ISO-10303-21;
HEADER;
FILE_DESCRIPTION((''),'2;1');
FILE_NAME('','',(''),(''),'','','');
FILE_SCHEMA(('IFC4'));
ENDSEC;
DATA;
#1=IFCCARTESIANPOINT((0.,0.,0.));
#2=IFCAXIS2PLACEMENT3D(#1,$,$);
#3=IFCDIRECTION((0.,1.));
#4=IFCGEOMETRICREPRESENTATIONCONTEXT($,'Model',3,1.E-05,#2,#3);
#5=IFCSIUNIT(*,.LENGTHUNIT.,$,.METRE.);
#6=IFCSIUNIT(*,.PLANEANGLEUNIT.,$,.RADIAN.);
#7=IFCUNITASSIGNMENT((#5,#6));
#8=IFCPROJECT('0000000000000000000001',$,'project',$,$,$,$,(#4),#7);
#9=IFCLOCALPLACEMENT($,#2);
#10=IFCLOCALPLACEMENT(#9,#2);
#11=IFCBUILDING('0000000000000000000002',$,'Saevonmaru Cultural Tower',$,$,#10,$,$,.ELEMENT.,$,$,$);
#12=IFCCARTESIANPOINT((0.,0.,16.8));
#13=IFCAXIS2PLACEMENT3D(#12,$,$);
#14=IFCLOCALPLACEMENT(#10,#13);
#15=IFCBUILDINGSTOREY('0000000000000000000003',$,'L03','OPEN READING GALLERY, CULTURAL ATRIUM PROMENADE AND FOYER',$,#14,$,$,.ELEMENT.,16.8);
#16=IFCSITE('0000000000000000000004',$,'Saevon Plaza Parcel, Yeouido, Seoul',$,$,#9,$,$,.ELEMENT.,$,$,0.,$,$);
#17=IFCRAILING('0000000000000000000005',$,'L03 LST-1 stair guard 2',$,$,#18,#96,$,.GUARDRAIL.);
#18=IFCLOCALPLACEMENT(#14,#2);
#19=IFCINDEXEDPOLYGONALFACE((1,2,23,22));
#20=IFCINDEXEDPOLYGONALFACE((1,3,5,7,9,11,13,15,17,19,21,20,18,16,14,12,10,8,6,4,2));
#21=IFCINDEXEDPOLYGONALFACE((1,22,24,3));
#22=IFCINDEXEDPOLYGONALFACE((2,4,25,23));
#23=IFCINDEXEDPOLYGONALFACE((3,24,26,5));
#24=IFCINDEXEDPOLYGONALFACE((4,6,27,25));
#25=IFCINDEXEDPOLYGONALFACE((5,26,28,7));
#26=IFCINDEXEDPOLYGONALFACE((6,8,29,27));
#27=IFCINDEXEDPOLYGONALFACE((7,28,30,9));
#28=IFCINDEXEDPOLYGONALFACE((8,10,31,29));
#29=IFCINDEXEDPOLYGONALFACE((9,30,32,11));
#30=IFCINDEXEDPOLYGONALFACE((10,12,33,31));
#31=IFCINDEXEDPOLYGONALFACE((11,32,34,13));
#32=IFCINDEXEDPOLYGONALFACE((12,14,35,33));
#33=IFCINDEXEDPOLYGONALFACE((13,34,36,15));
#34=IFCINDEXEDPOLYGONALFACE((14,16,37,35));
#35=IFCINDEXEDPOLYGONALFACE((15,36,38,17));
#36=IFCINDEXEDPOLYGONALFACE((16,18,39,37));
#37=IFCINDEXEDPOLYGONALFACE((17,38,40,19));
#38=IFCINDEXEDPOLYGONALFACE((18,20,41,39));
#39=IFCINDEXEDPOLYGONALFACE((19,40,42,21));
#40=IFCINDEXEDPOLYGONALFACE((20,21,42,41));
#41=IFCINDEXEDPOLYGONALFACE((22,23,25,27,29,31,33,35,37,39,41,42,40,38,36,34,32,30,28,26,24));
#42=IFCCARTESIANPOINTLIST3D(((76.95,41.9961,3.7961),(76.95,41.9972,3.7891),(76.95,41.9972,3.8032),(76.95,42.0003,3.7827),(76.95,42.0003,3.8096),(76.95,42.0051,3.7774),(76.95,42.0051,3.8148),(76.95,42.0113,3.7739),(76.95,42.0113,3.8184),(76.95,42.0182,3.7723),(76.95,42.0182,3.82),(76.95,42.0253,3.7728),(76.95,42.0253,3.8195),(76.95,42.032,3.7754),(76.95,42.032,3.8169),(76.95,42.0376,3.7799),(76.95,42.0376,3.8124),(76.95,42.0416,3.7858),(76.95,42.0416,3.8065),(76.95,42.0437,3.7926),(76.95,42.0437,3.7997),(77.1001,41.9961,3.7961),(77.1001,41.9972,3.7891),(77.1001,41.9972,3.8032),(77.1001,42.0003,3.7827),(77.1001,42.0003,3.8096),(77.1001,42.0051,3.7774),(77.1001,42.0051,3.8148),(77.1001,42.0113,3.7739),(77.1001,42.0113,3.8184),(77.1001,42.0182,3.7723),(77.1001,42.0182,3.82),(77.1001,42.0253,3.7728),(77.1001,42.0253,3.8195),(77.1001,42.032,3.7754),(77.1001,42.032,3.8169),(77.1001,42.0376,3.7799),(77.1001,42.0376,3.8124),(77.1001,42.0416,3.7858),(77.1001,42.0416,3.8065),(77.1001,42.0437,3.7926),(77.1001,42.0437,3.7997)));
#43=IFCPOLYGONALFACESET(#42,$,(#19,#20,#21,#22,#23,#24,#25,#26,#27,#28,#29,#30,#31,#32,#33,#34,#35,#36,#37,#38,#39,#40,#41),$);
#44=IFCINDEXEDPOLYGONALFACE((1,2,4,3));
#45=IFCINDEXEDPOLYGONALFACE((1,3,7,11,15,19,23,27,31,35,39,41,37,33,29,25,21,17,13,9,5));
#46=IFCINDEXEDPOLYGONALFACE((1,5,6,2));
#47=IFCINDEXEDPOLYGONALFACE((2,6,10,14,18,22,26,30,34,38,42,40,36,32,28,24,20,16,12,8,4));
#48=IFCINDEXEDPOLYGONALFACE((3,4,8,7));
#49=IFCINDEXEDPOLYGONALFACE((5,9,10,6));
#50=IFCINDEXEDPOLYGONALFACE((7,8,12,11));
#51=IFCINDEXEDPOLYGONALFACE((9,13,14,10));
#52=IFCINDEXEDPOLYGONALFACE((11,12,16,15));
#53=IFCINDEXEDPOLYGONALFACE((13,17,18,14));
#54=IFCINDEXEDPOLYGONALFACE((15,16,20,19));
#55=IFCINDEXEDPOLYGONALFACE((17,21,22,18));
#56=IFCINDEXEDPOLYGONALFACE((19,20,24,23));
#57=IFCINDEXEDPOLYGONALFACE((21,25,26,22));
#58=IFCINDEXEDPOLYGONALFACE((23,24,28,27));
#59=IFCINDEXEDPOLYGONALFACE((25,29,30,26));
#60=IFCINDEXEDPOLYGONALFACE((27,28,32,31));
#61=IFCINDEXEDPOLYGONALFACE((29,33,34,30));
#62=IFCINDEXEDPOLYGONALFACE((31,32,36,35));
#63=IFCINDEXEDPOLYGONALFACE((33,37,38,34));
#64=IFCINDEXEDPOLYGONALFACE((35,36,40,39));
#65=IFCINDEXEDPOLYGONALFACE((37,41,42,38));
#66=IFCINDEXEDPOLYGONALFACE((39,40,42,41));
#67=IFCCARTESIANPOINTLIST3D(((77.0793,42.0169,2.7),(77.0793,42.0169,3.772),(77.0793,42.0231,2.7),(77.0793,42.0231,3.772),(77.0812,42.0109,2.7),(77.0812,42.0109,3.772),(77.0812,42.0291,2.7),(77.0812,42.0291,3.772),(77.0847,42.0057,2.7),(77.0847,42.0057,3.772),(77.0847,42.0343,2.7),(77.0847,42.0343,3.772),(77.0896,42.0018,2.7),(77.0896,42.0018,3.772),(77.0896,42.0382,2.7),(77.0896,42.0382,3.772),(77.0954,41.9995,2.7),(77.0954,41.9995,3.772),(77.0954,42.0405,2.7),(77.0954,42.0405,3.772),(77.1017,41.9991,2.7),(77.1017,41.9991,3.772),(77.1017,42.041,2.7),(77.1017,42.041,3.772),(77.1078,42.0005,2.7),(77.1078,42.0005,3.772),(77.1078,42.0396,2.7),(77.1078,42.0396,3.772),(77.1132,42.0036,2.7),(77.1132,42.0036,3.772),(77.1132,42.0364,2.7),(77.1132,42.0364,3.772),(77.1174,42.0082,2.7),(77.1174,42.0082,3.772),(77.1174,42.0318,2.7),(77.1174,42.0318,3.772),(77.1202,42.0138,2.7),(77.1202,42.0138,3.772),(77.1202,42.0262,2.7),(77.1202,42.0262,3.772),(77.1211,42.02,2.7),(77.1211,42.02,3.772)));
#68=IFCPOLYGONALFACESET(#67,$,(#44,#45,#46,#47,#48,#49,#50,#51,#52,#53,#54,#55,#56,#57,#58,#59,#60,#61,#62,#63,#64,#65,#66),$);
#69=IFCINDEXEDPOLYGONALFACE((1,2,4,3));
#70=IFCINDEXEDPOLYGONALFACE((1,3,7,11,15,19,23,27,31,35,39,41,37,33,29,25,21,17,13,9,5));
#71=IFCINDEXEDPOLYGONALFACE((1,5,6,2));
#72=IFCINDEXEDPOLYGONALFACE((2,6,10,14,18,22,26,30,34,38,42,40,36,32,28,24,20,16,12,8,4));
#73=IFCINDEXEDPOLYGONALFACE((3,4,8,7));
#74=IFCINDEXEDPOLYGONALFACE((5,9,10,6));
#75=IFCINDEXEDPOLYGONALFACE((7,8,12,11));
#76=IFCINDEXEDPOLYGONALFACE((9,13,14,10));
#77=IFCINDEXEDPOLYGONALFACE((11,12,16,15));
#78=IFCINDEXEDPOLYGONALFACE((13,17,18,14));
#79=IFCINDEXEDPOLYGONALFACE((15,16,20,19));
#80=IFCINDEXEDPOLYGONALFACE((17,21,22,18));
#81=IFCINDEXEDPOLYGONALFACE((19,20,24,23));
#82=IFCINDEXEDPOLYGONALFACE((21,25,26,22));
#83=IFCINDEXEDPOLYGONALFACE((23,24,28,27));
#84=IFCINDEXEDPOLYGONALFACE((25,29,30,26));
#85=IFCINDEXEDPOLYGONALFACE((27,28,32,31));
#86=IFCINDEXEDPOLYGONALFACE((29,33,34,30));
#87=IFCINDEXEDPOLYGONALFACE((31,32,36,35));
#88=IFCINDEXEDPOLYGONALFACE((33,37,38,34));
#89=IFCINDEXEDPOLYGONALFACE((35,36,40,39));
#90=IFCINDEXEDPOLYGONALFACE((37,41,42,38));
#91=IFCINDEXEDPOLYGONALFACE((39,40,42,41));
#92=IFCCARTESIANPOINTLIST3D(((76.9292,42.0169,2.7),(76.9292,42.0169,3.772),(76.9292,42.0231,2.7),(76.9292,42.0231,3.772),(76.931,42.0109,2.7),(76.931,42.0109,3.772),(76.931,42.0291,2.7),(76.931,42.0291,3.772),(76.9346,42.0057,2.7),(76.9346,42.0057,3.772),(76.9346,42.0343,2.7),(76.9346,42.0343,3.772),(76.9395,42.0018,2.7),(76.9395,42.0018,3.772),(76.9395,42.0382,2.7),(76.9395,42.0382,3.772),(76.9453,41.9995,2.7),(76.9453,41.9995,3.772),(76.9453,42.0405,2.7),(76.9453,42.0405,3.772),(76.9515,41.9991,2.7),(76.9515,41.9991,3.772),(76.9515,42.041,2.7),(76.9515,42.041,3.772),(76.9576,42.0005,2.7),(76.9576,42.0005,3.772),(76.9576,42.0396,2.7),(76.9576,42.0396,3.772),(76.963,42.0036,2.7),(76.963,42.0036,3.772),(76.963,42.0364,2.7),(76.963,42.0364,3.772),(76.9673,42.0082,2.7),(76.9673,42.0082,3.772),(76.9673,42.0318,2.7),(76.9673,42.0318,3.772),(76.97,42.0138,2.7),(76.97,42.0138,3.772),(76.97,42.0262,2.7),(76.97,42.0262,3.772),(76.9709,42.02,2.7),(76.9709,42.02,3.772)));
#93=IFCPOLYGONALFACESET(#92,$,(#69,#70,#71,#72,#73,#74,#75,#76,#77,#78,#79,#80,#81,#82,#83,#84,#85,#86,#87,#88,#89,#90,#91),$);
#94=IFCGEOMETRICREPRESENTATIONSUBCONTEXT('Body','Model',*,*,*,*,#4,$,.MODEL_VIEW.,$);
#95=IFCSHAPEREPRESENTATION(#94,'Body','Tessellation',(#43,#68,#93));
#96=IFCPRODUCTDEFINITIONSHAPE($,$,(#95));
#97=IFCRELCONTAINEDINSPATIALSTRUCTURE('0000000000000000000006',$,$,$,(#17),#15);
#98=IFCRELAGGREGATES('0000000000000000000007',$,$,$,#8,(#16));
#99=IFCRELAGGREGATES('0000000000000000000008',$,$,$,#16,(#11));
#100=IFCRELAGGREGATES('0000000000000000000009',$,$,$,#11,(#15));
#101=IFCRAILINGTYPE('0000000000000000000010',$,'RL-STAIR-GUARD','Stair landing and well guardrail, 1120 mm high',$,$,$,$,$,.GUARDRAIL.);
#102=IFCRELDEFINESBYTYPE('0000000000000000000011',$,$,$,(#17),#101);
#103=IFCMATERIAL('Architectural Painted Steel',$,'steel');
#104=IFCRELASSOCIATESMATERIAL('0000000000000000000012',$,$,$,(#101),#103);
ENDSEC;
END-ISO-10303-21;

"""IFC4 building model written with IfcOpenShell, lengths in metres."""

from ifc_helpers import new_model, si_unit, direction, frame, origin, origin_2d, place, context, subcontext, project, spatial, circle, extrude, material, type_object, element, save


model = new_model("IFC4")

# Units and contexts
model_context = context("Model", 3, precision=1e-05, world=origin(), true_north=direction((0.0, 1.0)))
body_context = subcontext(model_context, "Body", "Model", "MODEL_VIEW")
ifc_project = project(units=[si_unit("LENGTHUNIT", "METRE"), si_unit("PLANEANGLEUNIT", "RADIAN")], contexts=[model_context])

# Site, building, storey
site_placement = place(None, origin())
site = spatial("IfcSite", under=ifc_project, at=site_placement, Name="Saevon Plaza Parcel, Yeouido, Seoul", CompositionType="ELEMENT", RefElevation=0.0)
building_placement = place(site_placement, origin())
building = spatial("IfcBuilding", under=site, at=building_placement, Name="Saevonmaru Cultural Tower", CompositionType="ELEMENT")
storey_placement = place(building_placement, frame((0.0, 0.0, 16.8)))
storey = spatial("IfcBuildingStorey", under=building, at=storey_placement, Name="L03", Description="OPEN READING GALLERY, CULTURAL ATRIUM PROMENADE AND FOYER", CompositionType="ELEMENT", Elevation=16.8)

# Railing
ifc_material_1 = material(Name="Architectural Painted Steel", Category="steel")
railing_type_1 = type_object("IfcRailingType", Name="RL-STAIR-GUARD", Description="Stair landing and well guardrail, 1120 mm high", PredefinedType="GUARDRAIL", material=ifc_material_1)
railing_1_placement = place(storey_placement, frame((77.1001, 42.02, 2.7)))
element("IfcRailing", 1, at=railing_1_placement, inside=storey, type_object=railing_type_1, Name="L03 LST-1 stair guard 2", PredefinedType="GUARDRAIL", context=body_context, shape_type="SweptSolid", body=[
    extrude(circle(Radius=0.0239, at=origin_2d()), frame((0.0, 0.0, 1.0962), z_axis=(-1.0, 0.0, 0.0), x_axis=(0.0, -1.0, 0.0)), (0.0, 0.0, 1.0), 0.1501),
    extrude(circle(Radius=0.021, at=origin_2d()), origin(), (0.0, 0.0, 1.0), 1.072),
    extrude(circle(Radius=0.021, at=origin_2d()), frame((-0.1501, 0.0, 0.0)), (0.0, 0.0, 1.0), 1.072),
])

save(model, "model.ifc")
